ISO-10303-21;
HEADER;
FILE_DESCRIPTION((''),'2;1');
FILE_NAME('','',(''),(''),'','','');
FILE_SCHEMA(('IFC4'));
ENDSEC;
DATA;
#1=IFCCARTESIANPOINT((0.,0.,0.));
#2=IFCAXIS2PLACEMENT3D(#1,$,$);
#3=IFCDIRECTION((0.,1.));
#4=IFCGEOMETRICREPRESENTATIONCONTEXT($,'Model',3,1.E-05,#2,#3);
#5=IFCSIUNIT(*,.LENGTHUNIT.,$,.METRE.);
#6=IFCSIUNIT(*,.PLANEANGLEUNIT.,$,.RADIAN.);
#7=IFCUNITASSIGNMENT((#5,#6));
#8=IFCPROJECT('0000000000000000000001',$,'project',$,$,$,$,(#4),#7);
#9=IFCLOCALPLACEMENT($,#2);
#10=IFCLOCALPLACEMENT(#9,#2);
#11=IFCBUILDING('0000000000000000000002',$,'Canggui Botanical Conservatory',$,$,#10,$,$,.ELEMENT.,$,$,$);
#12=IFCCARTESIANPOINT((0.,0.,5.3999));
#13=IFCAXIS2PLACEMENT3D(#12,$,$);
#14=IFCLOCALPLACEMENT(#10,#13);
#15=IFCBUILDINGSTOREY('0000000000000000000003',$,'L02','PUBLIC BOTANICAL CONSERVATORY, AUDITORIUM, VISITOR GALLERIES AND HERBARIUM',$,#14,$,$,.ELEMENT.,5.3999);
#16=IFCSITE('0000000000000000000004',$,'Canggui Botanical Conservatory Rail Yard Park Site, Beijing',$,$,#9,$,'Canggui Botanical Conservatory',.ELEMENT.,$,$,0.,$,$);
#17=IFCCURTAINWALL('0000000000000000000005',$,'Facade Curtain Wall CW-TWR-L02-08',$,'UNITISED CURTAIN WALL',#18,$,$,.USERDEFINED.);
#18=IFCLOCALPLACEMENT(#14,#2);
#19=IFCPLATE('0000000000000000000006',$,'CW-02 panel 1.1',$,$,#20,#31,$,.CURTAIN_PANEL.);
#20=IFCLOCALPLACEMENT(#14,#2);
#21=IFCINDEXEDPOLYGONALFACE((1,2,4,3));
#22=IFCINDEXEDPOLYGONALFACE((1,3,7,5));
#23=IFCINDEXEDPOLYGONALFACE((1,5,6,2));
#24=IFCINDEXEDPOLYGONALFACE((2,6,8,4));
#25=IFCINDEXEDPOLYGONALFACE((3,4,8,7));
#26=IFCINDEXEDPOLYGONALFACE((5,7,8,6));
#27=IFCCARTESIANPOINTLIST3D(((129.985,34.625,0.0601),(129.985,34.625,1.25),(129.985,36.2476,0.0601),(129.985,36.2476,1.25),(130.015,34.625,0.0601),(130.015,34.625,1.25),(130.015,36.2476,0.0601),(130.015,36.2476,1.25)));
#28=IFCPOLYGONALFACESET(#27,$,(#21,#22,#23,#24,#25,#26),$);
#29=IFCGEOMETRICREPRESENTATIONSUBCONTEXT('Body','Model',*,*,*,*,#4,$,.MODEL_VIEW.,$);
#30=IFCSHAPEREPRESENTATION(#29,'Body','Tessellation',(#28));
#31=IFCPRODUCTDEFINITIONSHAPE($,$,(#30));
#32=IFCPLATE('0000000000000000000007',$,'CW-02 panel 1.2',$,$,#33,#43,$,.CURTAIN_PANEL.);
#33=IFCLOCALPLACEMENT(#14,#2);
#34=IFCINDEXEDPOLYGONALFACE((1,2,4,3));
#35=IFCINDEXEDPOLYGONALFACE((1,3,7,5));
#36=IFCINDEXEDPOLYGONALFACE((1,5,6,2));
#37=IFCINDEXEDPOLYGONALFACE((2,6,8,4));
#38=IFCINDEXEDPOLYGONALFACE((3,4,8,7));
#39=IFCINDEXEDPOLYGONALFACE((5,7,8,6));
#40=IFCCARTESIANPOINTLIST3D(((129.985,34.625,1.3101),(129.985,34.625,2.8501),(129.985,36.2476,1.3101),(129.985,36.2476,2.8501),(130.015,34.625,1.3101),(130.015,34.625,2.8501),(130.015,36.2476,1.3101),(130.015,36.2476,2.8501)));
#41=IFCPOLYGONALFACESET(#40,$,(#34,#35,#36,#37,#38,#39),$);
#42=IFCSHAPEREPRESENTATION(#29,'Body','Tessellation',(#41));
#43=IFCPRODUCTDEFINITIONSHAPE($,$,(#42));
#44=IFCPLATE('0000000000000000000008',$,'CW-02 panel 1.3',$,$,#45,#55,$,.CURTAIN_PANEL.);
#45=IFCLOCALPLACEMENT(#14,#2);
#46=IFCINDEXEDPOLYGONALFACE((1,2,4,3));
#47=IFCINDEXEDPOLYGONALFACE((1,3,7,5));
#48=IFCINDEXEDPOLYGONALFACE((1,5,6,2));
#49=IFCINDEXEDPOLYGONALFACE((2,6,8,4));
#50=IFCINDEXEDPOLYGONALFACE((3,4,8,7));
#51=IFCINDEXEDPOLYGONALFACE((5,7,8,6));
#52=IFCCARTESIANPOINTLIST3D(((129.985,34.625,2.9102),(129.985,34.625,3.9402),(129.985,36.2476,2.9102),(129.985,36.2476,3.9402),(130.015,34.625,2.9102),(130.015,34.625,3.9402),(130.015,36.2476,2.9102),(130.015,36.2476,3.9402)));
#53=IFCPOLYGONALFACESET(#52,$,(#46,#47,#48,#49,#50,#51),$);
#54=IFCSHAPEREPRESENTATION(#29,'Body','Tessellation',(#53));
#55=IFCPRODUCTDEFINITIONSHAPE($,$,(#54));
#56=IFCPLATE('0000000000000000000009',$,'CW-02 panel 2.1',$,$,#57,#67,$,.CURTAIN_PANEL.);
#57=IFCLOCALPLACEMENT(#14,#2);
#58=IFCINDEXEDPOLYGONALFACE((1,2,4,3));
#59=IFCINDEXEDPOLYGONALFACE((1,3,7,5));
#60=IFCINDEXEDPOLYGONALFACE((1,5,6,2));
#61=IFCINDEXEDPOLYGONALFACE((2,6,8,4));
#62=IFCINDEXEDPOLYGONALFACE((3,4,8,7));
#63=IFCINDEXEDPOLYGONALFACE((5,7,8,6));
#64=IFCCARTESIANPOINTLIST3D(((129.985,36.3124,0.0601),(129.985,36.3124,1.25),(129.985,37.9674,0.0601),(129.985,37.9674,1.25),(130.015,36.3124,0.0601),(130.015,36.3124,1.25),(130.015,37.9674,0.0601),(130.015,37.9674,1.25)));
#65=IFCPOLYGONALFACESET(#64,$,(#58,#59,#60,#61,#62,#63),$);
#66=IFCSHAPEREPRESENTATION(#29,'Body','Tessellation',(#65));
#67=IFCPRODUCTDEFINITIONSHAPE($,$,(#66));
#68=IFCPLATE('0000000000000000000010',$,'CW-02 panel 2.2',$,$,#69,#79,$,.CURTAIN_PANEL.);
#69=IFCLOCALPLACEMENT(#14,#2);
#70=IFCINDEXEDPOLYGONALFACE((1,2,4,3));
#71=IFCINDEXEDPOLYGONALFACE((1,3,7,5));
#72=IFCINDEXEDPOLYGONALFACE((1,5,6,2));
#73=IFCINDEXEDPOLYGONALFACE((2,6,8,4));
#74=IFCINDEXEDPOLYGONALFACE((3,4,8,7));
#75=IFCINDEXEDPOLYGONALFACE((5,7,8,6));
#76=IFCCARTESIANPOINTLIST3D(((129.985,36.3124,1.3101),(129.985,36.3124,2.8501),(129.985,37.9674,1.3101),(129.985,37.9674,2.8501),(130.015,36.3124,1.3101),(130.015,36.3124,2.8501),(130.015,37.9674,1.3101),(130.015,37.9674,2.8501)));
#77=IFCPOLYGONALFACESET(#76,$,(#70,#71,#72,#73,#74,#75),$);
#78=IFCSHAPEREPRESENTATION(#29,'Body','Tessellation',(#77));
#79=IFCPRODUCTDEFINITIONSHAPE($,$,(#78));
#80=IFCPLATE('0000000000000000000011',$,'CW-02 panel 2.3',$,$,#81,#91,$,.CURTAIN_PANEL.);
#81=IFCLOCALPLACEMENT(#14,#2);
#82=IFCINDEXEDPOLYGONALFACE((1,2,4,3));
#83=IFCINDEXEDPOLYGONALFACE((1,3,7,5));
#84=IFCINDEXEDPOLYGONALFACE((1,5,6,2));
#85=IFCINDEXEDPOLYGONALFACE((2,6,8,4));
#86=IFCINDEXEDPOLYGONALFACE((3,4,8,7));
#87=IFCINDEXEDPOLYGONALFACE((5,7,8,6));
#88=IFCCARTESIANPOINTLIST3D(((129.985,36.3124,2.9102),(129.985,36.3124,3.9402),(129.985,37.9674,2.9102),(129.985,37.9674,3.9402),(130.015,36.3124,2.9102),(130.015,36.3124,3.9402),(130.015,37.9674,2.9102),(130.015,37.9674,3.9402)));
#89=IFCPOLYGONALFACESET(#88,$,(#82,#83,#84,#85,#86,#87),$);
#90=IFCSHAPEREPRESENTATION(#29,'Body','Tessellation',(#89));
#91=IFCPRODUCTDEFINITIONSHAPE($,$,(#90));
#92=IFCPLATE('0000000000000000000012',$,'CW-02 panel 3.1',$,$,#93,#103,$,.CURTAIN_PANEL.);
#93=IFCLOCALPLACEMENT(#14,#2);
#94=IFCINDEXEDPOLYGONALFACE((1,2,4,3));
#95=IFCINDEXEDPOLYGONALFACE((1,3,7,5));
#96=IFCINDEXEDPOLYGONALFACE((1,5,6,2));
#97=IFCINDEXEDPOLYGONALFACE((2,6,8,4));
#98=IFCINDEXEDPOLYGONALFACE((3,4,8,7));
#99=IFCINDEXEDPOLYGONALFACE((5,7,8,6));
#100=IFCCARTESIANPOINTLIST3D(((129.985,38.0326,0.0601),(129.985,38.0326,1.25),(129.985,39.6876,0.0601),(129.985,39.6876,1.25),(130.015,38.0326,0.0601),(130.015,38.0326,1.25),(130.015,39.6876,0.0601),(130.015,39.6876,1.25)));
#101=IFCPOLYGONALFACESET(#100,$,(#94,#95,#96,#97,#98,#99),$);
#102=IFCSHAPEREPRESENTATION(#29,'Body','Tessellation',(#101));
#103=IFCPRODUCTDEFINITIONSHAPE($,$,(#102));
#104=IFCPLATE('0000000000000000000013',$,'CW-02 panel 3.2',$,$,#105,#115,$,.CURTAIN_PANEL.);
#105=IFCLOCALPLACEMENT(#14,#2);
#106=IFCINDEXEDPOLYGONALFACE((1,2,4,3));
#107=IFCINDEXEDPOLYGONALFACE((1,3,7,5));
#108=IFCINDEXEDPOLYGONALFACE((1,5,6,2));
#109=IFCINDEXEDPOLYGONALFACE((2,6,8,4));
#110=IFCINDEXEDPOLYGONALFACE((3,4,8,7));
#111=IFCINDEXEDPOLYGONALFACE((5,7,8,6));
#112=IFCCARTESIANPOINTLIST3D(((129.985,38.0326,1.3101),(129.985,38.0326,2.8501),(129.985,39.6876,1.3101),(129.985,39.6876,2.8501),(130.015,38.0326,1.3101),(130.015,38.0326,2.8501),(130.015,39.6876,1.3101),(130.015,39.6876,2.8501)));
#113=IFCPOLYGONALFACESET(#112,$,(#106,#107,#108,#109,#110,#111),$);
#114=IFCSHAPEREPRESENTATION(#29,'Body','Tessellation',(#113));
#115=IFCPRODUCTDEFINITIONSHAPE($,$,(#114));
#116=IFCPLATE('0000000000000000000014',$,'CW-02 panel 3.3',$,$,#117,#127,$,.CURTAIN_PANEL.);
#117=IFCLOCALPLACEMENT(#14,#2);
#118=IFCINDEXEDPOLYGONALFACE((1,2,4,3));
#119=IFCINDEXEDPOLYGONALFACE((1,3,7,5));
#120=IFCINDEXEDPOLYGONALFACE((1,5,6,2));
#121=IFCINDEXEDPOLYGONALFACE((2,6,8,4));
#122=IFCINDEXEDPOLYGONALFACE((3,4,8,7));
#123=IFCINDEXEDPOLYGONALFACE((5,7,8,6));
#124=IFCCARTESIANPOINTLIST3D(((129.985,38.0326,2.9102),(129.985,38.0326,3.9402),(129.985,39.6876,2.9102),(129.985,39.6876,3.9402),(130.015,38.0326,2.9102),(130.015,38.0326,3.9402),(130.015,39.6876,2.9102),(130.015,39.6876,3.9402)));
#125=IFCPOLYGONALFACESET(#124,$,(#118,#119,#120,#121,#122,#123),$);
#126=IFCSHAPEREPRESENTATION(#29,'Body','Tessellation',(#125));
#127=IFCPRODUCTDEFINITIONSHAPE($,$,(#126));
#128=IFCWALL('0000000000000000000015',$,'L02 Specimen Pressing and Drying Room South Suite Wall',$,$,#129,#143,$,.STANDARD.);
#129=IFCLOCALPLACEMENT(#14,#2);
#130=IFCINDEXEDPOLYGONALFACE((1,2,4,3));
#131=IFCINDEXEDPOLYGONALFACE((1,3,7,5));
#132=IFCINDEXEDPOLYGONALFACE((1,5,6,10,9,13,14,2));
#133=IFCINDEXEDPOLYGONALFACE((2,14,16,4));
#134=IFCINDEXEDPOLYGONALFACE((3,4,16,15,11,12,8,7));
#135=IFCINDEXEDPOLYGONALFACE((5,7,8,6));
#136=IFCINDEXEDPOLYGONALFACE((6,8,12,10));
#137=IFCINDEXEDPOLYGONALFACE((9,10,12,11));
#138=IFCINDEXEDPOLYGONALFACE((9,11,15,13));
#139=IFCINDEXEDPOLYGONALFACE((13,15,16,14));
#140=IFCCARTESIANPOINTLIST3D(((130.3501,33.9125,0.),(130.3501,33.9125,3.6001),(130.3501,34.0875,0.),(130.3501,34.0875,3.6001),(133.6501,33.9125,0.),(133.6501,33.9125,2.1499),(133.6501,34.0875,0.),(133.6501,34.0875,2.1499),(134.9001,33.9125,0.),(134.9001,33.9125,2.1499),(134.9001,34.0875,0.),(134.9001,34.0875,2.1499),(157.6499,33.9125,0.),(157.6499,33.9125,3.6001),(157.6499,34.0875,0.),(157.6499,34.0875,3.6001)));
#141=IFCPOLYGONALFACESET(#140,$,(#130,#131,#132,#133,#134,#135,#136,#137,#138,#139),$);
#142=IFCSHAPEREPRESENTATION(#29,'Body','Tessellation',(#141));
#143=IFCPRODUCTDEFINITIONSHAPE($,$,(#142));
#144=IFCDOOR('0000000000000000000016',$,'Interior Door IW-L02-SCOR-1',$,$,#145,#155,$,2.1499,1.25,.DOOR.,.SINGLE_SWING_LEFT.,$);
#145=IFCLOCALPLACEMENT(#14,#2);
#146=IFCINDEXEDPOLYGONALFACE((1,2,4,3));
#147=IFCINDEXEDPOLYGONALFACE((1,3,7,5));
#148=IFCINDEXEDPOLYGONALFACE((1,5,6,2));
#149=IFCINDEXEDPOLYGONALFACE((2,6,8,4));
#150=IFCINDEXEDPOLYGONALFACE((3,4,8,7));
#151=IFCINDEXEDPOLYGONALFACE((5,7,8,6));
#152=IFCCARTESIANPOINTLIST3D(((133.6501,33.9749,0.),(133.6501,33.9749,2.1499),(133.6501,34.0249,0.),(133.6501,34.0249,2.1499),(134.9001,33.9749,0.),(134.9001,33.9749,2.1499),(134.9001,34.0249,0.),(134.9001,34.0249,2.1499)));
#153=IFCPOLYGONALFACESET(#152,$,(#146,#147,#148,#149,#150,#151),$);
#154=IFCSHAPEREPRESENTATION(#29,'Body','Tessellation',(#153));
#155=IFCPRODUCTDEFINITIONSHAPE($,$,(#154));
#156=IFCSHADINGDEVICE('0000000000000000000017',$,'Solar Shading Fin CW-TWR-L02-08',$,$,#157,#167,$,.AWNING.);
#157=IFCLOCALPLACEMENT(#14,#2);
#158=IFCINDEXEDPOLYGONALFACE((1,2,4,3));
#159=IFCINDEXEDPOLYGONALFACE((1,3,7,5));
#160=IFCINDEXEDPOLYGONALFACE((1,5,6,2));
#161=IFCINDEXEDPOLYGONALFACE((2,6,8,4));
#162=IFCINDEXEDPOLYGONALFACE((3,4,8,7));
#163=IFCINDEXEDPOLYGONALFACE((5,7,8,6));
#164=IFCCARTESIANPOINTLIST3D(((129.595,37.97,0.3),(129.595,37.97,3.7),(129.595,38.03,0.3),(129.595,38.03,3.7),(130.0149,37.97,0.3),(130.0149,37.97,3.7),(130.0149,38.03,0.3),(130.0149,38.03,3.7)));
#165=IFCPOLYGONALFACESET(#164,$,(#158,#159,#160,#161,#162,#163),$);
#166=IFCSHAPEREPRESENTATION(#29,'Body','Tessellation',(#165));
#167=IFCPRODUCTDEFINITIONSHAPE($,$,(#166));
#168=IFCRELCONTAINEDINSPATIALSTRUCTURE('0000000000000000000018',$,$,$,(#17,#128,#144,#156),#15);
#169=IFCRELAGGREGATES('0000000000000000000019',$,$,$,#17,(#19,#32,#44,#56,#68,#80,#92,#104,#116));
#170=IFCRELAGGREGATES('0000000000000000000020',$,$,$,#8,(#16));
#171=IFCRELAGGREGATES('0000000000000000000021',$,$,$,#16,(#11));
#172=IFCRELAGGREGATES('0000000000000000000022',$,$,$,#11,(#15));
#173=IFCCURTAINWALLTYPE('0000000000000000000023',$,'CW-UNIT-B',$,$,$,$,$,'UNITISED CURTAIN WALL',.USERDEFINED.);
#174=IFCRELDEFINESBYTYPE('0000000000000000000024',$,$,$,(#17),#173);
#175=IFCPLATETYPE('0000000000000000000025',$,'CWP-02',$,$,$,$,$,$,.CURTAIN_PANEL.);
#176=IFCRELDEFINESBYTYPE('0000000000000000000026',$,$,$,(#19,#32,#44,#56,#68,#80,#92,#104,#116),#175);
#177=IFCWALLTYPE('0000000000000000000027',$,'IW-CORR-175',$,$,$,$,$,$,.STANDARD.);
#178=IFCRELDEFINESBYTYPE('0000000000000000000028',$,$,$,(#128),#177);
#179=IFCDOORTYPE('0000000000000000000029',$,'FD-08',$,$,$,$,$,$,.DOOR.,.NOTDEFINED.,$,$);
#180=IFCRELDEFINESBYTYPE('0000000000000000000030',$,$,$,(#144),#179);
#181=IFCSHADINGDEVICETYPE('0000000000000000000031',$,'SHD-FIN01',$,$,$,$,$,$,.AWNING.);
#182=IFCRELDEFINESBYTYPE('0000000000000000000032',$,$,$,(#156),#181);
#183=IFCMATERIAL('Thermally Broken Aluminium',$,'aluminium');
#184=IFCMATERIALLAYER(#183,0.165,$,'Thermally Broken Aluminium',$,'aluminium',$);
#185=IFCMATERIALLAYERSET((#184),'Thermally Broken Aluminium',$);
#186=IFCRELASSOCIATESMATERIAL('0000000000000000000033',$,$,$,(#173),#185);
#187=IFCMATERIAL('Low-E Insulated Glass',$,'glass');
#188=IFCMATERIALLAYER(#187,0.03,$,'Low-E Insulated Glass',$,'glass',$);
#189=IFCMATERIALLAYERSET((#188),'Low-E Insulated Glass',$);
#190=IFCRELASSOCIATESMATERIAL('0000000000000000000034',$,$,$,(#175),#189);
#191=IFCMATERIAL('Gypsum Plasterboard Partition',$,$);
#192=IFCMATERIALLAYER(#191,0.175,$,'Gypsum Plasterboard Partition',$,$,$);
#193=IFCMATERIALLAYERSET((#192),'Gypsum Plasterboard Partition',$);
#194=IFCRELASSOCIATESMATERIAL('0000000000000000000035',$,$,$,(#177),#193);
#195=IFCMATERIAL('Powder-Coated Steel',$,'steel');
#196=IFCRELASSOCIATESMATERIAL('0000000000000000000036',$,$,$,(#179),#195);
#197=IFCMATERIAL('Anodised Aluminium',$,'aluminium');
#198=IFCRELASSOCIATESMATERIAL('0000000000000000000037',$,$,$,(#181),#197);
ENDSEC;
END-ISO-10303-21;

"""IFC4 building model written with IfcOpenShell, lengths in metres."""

from ifc_helpers import new_model, si_unit, direction, frame, frame_2d, origin, origin_2d, place, context, subcontext, project, spatial, rectangle, extrude, material, layer, layer_set, type_object, element, fill, aggregate, save


model = new_model("IFC4")

# Units and contexts
model_context = context("Model", 3, precision=1e-05, world=origin(), true_north=direction((0.0, 1.0)))
body_context = subcontext(model_context, "Body", "Model", "MODEL_VIEW")
ifc_project = project(units=[si_unit("LENGTHUNIT", "METRE"), si_unit("PLANEANGLEUNIT", "RADIAN")], contexts=[model_context])

# Site, building, storey
site_placement = place(None, origin())
site = spatial("IfcSite", under=ifc_project, at=site_placement, Name="Canggui Botanical Conservatory Rail Yard Park Site, Beijing", LongName="Canggui Botanical Conservatory", CompositionType="ELEMENT", RefElevation=0.0)
building_placement = place(site_placement, origin())
building = spatial("IfcBuilding", under=site, at=building_placement, Name="Canggui Botanical Conservatory", CompositionType="ELEMENT")
storey_placement = place(building_placement, frame((0.0, 0.0, 5.3999)))
storey = spatial("IfcBuildingStorey", under=building, at=storey_placement, Name="L02", Description="PUBLIC BOTANICAL CONSERVATORY, AUDITORIUM, VISITOR GALLERIES AND HERBARIUM", CompositionType="ELEMENT", Elevation=5.3999)

# Curtain wall, plates
ifc_material_1 = material(Name="Thermally Broken Aluminium", Category="aluminium")
ifc_layer_1 = layer(ifc_material_1, 0.165, Name="Thermally Broken Aluminium", Category="aluminium")
ifc_layer_set_1 = layer_set([ifc_layer_1], Name="Thermally Broken Aluminium")
curtain_wall_type = type_object("IfcCurtainWallType", Name="CW-UNIT-B", ElementType="UNITISED CURTAIN WALL", PredefinedType="USERDEFINED", material=ifc_layer_set_1)
curtain_wall_placement = place(storey_placement, origin())
curtain_wall = element("IfcCurtainWall", 1, at=curtain_wall_placement, inside=storey, type_object=curtain_wall_type, Name="Facade Curtain Wall CW-TWR-L02-08", ObjectType="UNITISED CURTAIN WALL", PredefinedType="USERDEFINED")
ifc_material_2 = material(Name="Low-E Insulated Glass", Category="glass")
ifc_layer_2 = layer(ifc_material_2, 0.03, Name="Low-E Insulated Glass", Category="glass")
ifc_layer_set_2 = layer_set([ifc_layer_2], Name="Low-E Insulated Glass")
plate_type = type_object("IfcPlateType", Name="CWP-02", PredefinedType="CURTAIN_PANEL", material=ifc_layer_set_2)
plate_1_placement = place(storey_placement, frame((130.0, 35.4363, 0.0601), z_axis=(0.0, 0.0, 1.0), x_axis=(0.0, 1.0, 0.0)))
plate_1 = element("IfcPlate", 2, at=plate_1_placement, type_object=plate_type, Name="CW-02 panel 1.1", PredefinedType="CURTAIN_PANEL", context=body_context, shape_type="SweptSolid", body=[
    extrude(rectangle(XDim=1.6226, YDim=0.03, at=origin_2d()), origin(), (0.0, 0.0, 1.0), 1.1899),
])
plate_2_placement = place(storey_placement, frame((130.0, 35.4363, 1.3101), z_axis=(0.0, 0.0, 1.0), x_axis=(0.0, 1.0, 0.0)))
plate_2 = element("IfcPlate", 3, at=plate_2_placement, type_object=plate_type, Name="CW-02 panel 1.2", PredefinedType="CURTAIN_PANEL", context=body_context, shape_type="SweptSolid", body=[
    extrude(rectangle(XDim=1.6226, YDim=0.03, at=origin_2d()), origin(), (0.0, 0.0, 1.0), 1.54),
])
plate_3_placement = place(storey_placement, frame((130.0, 35.4363, 2.9102), z_axis=(0.0, 0.0, 1.0), x_axis=(0.0, 1.0, 0.0)))
plate_3 = element("IfcPlate", 4, at=plate_3_placement, type_object=plate_type, Name="CW-02 panel 1.3", PredefinedType="CURTAIN_PANEL", context=body_context, shape_type="SweptSolid", body=[
    extrude(rectangle(XDim=1.6226, YDim=0.03, at=origin_2d()), origin(), (0.0, 0.0, 1.0), 1.03),
])
plate_4_placement = place(storey_placement, frame((130.0, 37.1399, 0.0601), z_axis=(0.0, 0.0, 1.0), x_axis=(0.0, 1.0, 0.0)))
plate_4 = element("IfcPlate", 5, at=plate_4_placement, type_object=plate_type, Name="CW-02 panel 2.1", PredefinedType="CURTAIN_PANEL", context=body_context, shape_type="SweptSolid", body=[
    extrude(rectangle(XDim=1.655, YDim=0.03, at=origin_2d()), origin(), (0.0, 0.0, 1.0), 1.1899),
])
plate_5_placement = place(storey_placement, frame((130.0, 37.1399, 1.3101), z_axis=(0.0, 0.0, 1.0), x_axis=(0.0, 1.0, 0.0)))
plate_5 = element("IfcPlate", 6, at=plate_5_placement, type_object=plate_type, Name="CW-02 panel 2.2", PredefinedType="CURTAIN_PANEL", context=body_context, shape_type="SweptSolid", body=[
    extrude(rectangle(XDim=1.655, YDim=0.03, at=origin_2d()), origin(), (0.0, 0.0, 1.0), 1.54),
])
plate_6_placement = place(storey_placement, frame((130.0, 37.1399, 2.9102), z_axis=(0.0, 0.0, 1.0), x_axis=(0.0, 1.0, 0.0)))
plate_6 = element("IfcPlate", 7, at=plate_6_placement, type_object=plate_type, Name="CW-02 panel 2.3", PredefinedType="CURTAIN_PANEL", context=body_context, shape_type="SweptSolid", body=[
    extrude(rectangle(XDim=1.655, YDim=0.03, at=origin_2d()), origin(), (0.0, 0.0, 1.0), 1.03),
])
plate_7_placement = place(storey_placement, frame((130.0, 38.8601, 0.0601), z_axis=(0.0, 0.0, 1.0), x_axis=(0.0, 1.0, 0.0)))
plate_7 = element("IfcPlate", 8, at=plate_7_placement, type_object=plate_type, Name="CW-02 panel 3.1", PredefinedType="CURTAIN_PANEL", context=body_context, shape_type="SweptSolid", body=[
    extrude(rectangle(XDim=1.655, YDim=0.03, at=origin_2d()), origin(), (0.0, 0.0, 1.0), 1.1899),
])
plate_8_placement = place(storey_placement, frame((130.0, 38.8601, 1.3101), z_axis=(0.0, 0.0, 1.0), x_axis=(0.0, 1.0, 0.0)))
plate_8 = element("IfcPlate", 9, at=plate_8_placement, type_object=plate_type, Name="CW-02 panel 3.2", PredefinedType="CURTAIN_PANEL", context=body_context, shape_type="SweptSolid", body=[
    extrude(rectangle(XDim=1.655, YDim=0.03, at=origin_2d()), origin(), (0.0, 0.0, 1.0), 1.54),
])
plate_9_placement = place(storey_placement, frame((130.0, 38.8601, 2.9102), z_axis=(0.0, 0.0, 1.0), x_axis=(0.0, 1.0, 0.0)))
plate_9 = element("IfcPlate", 10, at=plate_9_placement, type_object=plate_type, Name="CW-02 panel 3.3", PredefinedType="CURTAIN_PANEL", context=body_context, shape_type="SweptSolid", body=[
    extrude(rectangle(XDim=1.655, YDim=0.03, at=origin_2d()), origin(), (0.0, 0.0, 1.0), 1.03),
])
aggregate(curtain_wall, [plate_1, plate_2, plate_3, plate_4, plate_5, plate_6, plate_7, plate_8, plate_9])

# Wall, opening, door
ifc_material_3 = material(Name="Gypsum Plasterboard Partition")
ifc_layer_3 = layer(ifc_material_3, 0.175, Name="Gypsum Plasterboard Partition")
ifc_layer_set_3 = layer_set([ifc_layer_3], Name="Gypsum Plasterboard Partition")
wall_type = type_object("IfcWallType", Name="IW-CORR-175", PredefinedType="STANDARD", material=ifc_layer_set_3)
wall_placement = place(storey_placement, frame((130.3501, 34.0, 0.0), z_axis=(0.0, 0.0, 1.0), x_axis=(1.0, 0.0, 0.0)))
wall = element("IfcWall", 11, at=wall_placement, inside=storey, type_object=wall_type, Name="L02 Specimen Pressing and Drying Room South Suite Wall", PredefinedType="STANDARD", context=body_context, shape_type="SweptSolid", body=[
    extrude(rectangle(XDim=27.2998, YDim=0.175, at=frame_2d((13.6499, 0.0))), origin(), (0.0, 0.0, 1.0), 3.6001),
])
opening_placement = place(wall_placement, frame((3.3, 0.0, 0.0)))
opening = element("IfcOpeningElement", 12, at=opening_placement, cuts=wall, PredefinedType="OPENING", context=body_context, shape_type="SweptSolid", body=[
    extrude(rectangle(XDim=1.25, YDim=2.1499, at=frame_2d((0.625, 1.075))), frame((0.0, 0.0977, 0.0), z_axis=(0.0, -1.0, 0.0), x_axis=(1.0, 0.0, 0.0)), (0.0, 0.0, 1.0), 0.1951),
])
ifc_material_4 = material(Name="Powder-Coated Steel", Category="steel")
door_type = type_object("IfcDoorType", Name="FD-08", OperationType="NOTDEFINED", PredefinedType="DOOR", material=ifc_material_4)
door_placement = place(opening_placement, origin())
door = element("IfcDoor", 13, at=door_placement, inside=storey, type_object=door_type, Name="Interior Door IW-L02-SCOR-1", OperationType="SINGLE_SWING_LEFT", OverallHeight=2.1499, OverallWidth=1.25, PredefinedType="DOOR", context=body_context, shape_type="SweptSolid", body=[
    extrude(rectangle(XDim=1.25, YDim=2.1499, at=frame_2d((0.625, 1.075))), frame((0.0, 0.0249, 0.0), z_axis=(0.0, -1.0, 0.0), x_axis=(1.0, 0.0, 0.0)), (0.0, 0.0, 1.0), 0.05),
])
fill(opening, door)

# Shading device
ifc_material_5 = material(Name="Anodised Aluminium", Category="aluminium")
shading_device_type = type_object("IfcShadingDeviceType", Name="SHD-FIN01", PredefinedType="AWNING", material=ifc_material_5)
shading_device_placement = place(storey_placement, frame((129.8049, 38.0, 0.3), z_axis=(0.0, 0.0, 1.0), x_axis=(0.0, 1.0, 0.0)))
element("IfcShadingDevice", 14, at=shading_device_placement, inside=storey, type_object=shading_device_type, Name="Solar Shading Fin CW-TWR-L02-08", PredefinedType="AWNING", context=body_context, shape_type="SweptSolid", body=[
    extrude(rectangle(XDim=0.0601, YDim=0.4199, at=origin_2d()), origin(), (0.0, 0.0, 1.0), 3.3999),
])

save(model, "model.ifc")
